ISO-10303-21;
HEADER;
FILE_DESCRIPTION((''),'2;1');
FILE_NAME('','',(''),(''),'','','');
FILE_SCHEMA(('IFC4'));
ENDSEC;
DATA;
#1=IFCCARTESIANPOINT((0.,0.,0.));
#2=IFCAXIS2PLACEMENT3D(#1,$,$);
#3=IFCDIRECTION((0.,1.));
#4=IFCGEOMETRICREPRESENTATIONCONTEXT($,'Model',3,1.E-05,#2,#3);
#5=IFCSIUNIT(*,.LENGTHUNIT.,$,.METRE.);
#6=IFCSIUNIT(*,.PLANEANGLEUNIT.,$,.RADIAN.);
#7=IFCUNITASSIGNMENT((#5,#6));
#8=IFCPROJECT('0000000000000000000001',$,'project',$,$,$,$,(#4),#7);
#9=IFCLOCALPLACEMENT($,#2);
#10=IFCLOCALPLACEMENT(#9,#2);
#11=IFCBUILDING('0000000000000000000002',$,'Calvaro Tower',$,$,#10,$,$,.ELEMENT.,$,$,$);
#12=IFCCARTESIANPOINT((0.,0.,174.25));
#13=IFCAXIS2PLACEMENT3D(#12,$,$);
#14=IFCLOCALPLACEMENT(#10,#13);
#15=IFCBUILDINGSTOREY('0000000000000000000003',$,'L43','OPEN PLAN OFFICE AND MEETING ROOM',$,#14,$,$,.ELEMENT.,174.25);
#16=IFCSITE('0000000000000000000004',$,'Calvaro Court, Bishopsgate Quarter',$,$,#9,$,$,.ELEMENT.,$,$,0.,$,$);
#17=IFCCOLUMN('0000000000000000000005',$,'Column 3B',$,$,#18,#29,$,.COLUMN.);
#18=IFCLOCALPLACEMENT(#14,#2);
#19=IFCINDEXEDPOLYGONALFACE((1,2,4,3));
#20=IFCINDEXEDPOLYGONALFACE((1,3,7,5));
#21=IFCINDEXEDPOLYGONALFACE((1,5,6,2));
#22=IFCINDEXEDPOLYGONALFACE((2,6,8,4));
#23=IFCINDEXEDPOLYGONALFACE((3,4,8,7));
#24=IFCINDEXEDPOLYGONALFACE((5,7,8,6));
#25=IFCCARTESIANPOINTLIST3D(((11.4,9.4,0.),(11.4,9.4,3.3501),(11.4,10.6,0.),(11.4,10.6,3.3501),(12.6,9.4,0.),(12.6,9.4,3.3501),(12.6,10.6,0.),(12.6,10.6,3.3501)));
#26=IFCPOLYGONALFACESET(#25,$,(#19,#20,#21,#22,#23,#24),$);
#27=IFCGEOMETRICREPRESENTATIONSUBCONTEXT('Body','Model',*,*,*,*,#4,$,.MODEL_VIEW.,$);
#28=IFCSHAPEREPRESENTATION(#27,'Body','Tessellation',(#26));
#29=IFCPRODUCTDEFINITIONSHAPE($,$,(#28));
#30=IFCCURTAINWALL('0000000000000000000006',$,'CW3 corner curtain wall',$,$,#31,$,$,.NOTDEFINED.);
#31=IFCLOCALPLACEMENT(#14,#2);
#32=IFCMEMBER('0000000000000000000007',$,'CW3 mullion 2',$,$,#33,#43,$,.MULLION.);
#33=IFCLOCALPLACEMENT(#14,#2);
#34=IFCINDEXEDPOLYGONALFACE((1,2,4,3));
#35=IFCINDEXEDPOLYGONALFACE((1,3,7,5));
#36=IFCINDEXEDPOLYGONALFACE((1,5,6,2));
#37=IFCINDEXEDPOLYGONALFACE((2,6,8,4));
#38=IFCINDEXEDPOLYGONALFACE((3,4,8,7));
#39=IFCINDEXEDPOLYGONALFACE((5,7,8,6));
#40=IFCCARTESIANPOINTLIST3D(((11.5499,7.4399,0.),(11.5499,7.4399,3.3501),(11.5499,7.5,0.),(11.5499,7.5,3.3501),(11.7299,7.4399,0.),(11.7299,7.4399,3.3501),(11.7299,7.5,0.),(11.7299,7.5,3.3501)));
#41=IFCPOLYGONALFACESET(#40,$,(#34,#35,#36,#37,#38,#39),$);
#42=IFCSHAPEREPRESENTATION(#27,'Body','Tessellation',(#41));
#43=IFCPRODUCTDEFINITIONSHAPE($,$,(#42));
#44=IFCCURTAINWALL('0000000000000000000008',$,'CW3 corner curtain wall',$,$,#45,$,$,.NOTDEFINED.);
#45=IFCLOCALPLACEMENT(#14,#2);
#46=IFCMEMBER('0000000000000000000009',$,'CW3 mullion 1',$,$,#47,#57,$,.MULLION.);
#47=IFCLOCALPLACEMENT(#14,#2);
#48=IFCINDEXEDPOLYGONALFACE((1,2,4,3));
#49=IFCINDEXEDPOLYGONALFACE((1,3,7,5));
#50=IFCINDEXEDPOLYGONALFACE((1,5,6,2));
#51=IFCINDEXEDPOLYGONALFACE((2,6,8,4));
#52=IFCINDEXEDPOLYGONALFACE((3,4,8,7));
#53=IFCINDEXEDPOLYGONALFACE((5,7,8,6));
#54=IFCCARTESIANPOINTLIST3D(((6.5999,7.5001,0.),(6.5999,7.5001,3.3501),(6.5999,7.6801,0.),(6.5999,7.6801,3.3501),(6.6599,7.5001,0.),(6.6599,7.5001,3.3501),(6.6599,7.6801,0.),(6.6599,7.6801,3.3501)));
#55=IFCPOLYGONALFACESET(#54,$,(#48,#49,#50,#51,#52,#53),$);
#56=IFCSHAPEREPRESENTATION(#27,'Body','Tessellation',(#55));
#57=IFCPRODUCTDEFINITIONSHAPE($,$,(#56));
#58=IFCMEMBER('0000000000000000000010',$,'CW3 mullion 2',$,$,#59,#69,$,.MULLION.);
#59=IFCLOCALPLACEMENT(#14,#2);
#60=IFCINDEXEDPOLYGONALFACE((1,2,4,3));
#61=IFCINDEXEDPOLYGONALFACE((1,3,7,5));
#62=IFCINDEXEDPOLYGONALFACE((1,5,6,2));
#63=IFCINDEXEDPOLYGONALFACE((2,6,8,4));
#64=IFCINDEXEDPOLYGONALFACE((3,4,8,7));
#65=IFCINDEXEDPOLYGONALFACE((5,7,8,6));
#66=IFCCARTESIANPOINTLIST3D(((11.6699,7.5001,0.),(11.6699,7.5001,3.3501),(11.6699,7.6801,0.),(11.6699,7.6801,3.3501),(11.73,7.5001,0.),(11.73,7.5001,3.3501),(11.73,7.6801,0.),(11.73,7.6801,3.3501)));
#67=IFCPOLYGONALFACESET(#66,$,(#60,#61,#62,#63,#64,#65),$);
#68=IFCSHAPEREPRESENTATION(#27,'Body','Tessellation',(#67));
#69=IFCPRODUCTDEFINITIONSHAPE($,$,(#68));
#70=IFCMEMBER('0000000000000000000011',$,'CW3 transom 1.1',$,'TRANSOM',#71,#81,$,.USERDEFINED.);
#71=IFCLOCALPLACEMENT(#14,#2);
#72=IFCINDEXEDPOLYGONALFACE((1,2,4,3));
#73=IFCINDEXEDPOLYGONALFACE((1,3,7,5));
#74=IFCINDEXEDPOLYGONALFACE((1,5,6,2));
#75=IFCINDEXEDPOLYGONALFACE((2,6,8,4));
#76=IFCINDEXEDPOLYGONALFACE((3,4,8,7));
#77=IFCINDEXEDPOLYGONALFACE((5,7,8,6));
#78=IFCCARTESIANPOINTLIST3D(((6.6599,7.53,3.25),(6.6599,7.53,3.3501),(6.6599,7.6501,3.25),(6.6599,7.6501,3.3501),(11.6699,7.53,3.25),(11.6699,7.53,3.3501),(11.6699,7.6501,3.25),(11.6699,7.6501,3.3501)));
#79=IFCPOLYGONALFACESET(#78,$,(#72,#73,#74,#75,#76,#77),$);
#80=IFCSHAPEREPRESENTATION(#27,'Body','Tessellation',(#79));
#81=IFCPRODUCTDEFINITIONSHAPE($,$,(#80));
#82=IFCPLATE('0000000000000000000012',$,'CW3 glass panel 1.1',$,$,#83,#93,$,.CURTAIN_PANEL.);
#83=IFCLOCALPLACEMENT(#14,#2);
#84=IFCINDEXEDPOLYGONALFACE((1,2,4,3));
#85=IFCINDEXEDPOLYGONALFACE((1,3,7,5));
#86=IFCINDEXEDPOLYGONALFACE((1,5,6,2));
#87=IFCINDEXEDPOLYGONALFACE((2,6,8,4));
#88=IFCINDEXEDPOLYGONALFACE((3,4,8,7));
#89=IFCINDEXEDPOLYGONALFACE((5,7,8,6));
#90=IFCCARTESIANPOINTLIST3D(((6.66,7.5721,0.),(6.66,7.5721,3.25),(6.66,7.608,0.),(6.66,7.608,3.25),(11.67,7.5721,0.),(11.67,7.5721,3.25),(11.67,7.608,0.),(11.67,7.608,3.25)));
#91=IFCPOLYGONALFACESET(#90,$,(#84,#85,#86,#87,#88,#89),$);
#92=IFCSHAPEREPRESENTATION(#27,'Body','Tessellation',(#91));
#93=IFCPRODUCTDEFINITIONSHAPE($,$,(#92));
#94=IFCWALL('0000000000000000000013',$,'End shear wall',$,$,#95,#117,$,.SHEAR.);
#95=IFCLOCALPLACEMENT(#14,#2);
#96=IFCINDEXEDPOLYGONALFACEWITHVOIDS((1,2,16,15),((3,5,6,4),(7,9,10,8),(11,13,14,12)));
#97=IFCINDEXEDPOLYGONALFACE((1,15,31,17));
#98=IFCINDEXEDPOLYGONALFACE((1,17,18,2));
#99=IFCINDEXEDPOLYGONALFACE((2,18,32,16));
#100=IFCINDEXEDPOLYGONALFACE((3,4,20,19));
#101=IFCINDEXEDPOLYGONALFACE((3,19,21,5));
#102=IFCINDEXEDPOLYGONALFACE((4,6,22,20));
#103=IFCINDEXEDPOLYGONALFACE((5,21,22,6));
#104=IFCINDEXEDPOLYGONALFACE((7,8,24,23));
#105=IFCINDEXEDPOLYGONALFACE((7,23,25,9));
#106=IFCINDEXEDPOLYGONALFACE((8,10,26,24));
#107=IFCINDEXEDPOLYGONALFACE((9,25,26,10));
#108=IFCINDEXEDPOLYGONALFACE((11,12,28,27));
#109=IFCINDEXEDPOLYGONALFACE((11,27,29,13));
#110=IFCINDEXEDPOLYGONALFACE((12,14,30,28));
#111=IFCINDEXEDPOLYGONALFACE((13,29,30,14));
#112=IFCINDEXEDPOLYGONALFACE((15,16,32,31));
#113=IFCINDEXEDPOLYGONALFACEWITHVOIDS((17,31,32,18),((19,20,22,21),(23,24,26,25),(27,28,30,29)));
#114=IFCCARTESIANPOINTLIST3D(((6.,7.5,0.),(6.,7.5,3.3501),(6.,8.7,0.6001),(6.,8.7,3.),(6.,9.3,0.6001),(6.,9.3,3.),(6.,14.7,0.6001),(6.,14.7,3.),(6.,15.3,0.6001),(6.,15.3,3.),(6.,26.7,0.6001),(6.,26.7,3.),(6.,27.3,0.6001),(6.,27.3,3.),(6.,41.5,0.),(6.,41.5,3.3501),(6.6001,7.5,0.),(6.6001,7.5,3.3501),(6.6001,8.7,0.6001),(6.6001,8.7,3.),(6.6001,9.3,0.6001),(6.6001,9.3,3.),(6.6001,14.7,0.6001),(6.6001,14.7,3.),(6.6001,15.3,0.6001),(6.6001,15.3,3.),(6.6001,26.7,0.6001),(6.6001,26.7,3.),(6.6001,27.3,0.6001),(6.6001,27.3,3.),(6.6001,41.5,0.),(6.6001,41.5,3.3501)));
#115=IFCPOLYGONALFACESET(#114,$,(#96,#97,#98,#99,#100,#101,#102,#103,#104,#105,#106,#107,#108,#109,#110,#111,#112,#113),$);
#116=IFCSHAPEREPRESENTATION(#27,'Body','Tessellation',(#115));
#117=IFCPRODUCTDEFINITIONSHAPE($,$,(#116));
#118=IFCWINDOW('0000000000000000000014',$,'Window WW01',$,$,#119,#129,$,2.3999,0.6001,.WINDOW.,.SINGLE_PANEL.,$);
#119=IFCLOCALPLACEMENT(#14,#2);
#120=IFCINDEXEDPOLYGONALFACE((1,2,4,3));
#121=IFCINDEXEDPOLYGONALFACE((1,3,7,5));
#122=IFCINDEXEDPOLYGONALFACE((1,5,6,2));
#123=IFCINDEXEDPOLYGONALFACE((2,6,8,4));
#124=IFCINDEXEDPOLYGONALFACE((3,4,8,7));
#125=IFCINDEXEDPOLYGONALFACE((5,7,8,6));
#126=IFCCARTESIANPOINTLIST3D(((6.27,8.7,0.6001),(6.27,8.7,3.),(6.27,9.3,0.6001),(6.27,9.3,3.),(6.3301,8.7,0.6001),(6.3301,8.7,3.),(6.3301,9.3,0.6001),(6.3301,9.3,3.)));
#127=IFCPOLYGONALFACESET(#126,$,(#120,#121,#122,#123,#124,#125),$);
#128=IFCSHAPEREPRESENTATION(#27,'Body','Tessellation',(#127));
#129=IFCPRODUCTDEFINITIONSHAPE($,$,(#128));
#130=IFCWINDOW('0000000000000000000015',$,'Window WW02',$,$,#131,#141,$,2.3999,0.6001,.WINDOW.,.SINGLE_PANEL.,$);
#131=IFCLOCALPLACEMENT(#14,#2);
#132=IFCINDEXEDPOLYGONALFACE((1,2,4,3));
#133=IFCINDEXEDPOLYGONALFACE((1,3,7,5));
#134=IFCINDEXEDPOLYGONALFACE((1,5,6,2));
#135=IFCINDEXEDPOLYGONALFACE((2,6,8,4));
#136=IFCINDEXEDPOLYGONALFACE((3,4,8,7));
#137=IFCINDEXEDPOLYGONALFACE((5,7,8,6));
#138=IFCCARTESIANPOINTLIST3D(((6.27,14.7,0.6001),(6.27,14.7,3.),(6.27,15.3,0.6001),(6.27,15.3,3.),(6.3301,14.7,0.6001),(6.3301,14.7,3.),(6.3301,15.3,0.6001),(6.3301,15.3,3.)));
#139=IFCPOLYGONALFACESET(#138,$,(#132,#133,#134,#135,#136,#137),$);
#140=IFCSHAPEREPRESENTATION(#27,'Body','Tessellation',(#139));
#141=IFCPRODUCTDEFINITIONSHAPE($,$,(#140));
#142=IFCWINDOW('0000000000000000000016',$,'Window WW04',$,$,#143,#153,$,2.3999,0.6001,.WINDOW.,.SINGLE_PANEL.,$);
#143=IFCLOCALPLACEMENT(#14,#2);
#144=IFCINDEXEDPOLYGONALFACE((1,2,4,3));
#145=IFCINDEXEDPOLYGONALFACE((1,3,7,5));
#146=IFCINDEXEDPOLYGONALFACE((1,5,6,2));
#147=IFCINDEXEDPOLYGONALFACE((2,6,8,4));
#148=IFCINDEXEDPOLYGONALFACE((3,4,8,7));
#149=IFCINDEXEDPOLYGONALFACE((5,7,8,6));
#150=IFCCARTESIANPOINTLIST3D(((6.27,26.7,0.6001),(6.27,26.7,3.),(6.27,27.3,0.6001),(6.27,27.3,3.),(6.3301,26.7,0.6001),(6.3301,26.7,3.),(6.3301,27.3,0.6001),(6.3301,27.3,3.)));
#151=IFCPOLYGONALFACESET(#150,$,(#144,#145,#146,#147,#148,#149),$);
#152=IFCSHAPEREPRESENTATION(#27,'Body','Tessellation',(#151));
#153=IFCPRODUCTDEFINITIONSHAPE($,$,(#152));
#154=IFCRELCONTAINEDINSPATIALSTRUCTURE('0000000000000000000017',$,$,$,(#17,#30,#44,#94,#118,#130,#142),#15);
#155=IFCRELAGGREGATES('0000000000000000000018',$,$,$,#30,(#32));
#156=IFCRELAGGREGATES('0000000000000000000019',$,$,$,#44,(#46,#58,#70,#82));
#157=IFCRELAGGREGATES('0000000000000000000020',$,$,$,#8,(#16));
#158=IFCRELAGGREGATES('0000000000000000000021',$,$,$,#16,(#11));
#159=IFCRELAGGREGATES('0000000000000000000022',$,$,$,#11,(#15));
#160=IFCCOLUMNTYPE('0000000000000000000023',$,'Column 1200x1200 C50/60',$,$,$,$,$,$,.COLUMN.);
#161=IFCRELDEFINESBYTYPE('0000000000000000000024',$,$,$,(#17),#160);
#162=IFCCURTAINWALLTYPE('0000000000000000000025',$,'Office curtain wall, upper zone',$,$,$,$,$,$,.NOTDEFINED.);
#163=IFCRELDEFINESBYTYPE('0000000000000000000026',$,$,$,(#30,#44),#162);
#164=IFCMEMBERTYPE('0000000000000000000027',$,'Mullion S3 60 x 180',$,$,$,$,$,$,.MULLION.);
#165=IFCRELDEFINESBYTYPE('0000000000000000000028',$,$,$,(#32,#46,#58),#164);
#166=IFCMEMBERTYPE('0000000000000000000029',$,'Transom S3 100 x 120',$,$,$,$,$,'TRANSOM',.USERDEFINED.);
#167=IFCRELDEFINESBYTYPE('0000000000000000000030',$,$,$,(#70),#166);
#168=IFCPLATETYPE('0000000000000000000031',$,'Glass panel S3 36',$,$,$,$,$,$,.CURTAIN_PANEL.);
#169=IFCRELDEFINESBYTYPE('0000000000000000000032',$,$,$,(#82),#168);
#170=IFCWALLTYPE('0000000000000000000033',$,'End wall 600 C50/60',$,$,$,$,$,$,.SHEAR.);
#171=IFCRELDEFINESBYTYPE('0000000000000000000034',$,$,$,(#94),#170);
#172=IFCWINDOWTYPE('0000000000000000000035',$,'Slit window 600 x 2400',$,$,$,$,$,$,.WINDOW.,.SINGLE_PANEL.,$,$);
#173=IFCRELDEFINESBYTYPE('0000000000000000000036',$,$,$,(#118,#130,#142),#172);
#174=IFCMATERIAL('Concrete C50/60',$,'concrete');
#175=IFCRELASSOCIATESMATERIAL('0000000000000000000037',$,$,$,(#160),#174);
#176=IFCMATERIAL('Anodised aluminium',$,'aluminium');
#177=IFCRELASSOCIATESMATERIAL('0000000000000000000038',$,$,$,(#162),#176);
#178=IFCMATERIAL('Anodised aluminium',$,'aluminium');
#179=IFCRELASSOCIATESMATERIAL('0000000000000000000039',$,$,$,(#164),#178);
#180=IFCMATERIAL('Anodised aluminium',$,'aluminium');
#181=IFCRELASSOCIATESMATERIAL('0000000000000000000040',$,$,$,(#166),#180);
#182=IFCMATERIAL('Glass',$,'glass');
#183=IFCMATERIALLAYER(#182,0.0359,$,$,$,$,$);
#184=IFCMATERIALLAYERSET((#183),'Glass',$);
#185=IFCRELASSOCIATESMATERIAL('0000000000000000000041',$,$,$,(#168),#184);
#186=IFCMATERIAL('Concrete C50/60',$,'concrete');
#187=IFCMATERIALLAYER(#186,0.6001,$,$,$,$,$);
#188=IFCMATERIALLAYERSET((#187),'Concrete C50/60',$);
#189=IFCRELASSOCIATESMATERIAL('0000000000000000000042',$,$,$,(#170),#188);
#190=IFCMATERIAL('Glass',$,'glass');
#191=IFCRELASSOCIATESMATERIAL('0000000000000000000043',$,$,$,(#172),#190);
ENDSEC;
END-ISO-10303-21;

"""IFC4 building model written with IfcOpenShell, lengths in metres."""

from ifc_helpers import new_model, si_unit, direction, frame, frame_2d, origin, origin_2d, place, context, subcontext, project, spatial, rectangle, extrude, material, layer, layer_set, material_profile, profile_set, type_object, element, fill, aggregate, save


model = new_model("IFC4")

# Units and contexts
model_context = context("Model", 3, precision=1e-05, world=origin(), true_north=direction((0.0, 1.0)))
body_context = subcontext(model_context, "Body", "Model", "MODEL_VIEW")
ifc_project = project(units=[si_unit("LENGTHUNIT", "METRE"), si_unit("PLANEANGLEUNIT", "RADIAN")], contexts=[model_context])

# Site, building, storey
site_placement = place(None, origin())
site = spatial("IfcSite", under=ifc_project, at=site_placement, Name="Calvaro Court, Bishopsgate Quarter", CompositionType="ELEMENT", RefElevation=0.0)
building_placement = place(site_placement, origin())
building = spatial("IfcBuilding", under=site, at=building_placement, Name="Calvaro Tower", CompositionType="ELEMENT")
storey_placement = place(building_placement, frame((0.0, 0.0, 174.25)))
storey = spatial("IfcBuildingStorey", under=building, at=storey_placement, Name="L43", Description="OPEN PLAN OFFICE AND MEETING ROOM", CompositionType="ELEMENT", Elevation=174.25)

# Column
ifc_material_1 = material(Name="Concrete C50/60", Category="concrete")
ifc_material_profile_1 = material_profile(ifc_material_1, rectangle(XDim=1.2, YDim=1.2, at=origin_2d()), Name="RC 1200x1200")
ifc_profile_set_1 = profile_set([ifc_material_profile_1], Name="Concrete C50/60")
column_type = type_object("IfcColumnType", Name="Column 1200x1200 C50/60", PredefinedType="COLUMN", material=ifc_profile_set_1)
column_placement = place(storey_placement, frame((12.0, 10.0, 0.0), z_axis=(0.0, 0.0, 1.0), x_axis=(1.0, 0.0, 0.0)))
element("IfcColumn", 1, at=column_placement, inside=storey, type_object=column_type, Name="Column 3B", PredefinedType="COLUMN", context=body_context, shape_type="SweptSolid", body=[
    extrude(rectangle(XDim=1.2, YDim=1.2, at=origin_2d()), origin(), (0.0, 0.0, 1.0), 3.3501),
])

# Curtain wall, member
ifc_material_2 = material(Name="Anodised aluminium", Category="aluminium")
curtain_wall_type = type_object("IfcCurtainWallType", Name="Office curtain wall, upper zone", PredefinedType="NOTDEFINED", material=ifc_material_2)
curtain_wall_1_placement = place(storey_placement, origin())
curtain_wall_1 = element("IfcCurtainWall", 2, at=curtain_wall_1_placement, inside=storey, type_object=curtain_wall_type, Name="CW3 corner curtain wall", PredefinedType="NOTDEFINED")
ifc_material_3 = material(Name="Anodised aluminium", Category="aluminium")
ifc_material_profile_2 = material_profile(ifc_material_3, rectangle(XDim=0.1799, YDim=0.0601, at=origin_2d()), Name="Mullion S3 60 x 180")
ifc_profile_set_2 = profile_set([ifc_material_profile_2], Name="Anodised aluminium")
member_type_1 = type_object("IfcMemberType", Name="Mullion S3 60 x 180", PredefinedType="MULLION", material=ifc_profile_set_2)
member_1_placement = place(storey_placement, frame((11.6399, 7.47, 0.0), z_axis=(0.0, 0.0, 1.0), x_axis=(-1.0, 0.0, 0.0)))
member_1 = element("IfcMember", 3, at=member_1_placement, type_object=member_type_1, Name="CW3 mullion 2", PredefinedType="MULLION", context=body_context, shape_type="SweptSolid", body=[
    extrude(rectangle(XDim=0.1799, YDim=0.0601, at=origin_2d()), origin(), (0.0, 0.0, 1.0), 3.3501),
])
aggregate(curtain_wall_1, [member_1])

# Curtain wall, members, plate
curtain_wall_2_placement = place(storey_placement, origin())
curtain_wall_2 = element("IfcCurtainWall", 4, at=curtain_wall_2_placement, inside=storey, type_object=curtain_wall_type, Name="CW3 corner curtain wall", PredefinedType="NOTDEFINED")
member_2_placement = place(storey_placement, frame((6.6299, 7.5901, 0.0), z_axis=(0.0, 0.0, 1.0), x_axis=(0.0, 1.0, 0.0)))
member_2 = element("IfcMember", 5, at=member_2_placement, type_object=member_type_1, Name="CW3 mullion 1", PredefinedType="MULLION", context=body_context, shape_type="SweptSolid", body=[
    extrude(rectangle(XDim=0.1799, YDim=0.0601, at=origin_2d()), origin(), (0.0, 0.0, 1.0), 3.3501),
])
member_3_placement = place(storey_placement, frame((11.7, 7.5901, 0.0), z_axis=(0.0, 0.0, 1.0), x_axis=(0.0, 1.0, 0.0)))
member_3 = element("IfcMember", 6, at=member_3_placement, type_object=member_type_1, Name="CW3 mullion 2", PredefinedType="MULLION", context=body_context, shape_type="SweptSolid", body=[
    extrude(rectangle(XDim=0.1799, YDim=0.0601, at=origin_2d()), origin(), (0.0, 0.0, 1.0), 3.3501),
])
ifc_material_4 = material(Name="Anodised aluminium", Category="aluminium")
ifc_material_profile_3 = material_profile(ifc_material_4, rectangle(XDim=0.1201, YDim=0.1001, at=origin_2d()), Name="Transom S3 100 x 120")
ifc_profile_set_3 = profile_set([ifc_material_profile_3], Name="Anodised aluminium")
member_type_2 = type_object("IfcMemberType", Name="Transom S3 100 x 120", ElementType="TRANSOM", PredefinedType="USERDEFINED", material=ifc_profile_set_3)
member_4_placement = place(storey_placement, frame((6.6599, 7.5901, 3.3), z_axis=(1.0, 0.0, 0.0), x_axis=(0.0, 1.0, 0.0)))
member_4 = element("IfcMember", 7, at=member_4_placement, type_object=member_type_2, Name="CW3 transom 1.1", ObjectType="TRANSOM", PredefinedType="USERDEFINED", context=body_context, shape_type="SweptSolid", body=[
    extrude(rectangle(XDim=0.1201, YDim=0.1001, at=origin_2d()), origin(), (0.0, 0.0, 1.0), 5.01),
])
ifc_material_5 = material(Name="Glass", Category="glass")
ifc_layer_1 = layer(ifc_material_5, 0.0359)
ifc_layer_set_1 = layer_set([ifc_layer_1], Name="Glass")
plate_type = type_object("IfcPlateType", Name="Glass panel S3 36", PredefinedType="CURTAIN_PANEL", material=ifc_layer_set_1)
plate_placement = place(storey_placement, frame((9.165, 7.5901, 0.0), z_axis=(0.0, 0.0, 1.0), x_axis=(1.0, 0.0, 0.0)))
plate = element("IfcPlate", 8, at=plate_placement, type_object=plate_type, Name="CW3 glass panel 1.1", PredefinedType="CURTAIN_PANEL", context=body_context, shape_type="SweptSolid", body=[
    extrude(rectangle(XDim=5.01, YDim=0.0359, at=origin_2d()), origin(), (0.0, 0.0, 1.0), 3.25),
])
aggregate(curtain_wall_2, [member_2, member_3, member_4, plate])

# Wall, openings, windows
ifc_material_6 = material(Name="Concrete C50/60", Category="concrete")
ifc_layer_2 = layer(ifc_material_6, 0.6001)
ifc_layer_set_2 = layer_set([ifc_layer_2], Name="Concrete C50/60")
wall_type_1 = type_object("IfcWallType", Name="End wall 600 C50/60", PredefinedType="SHEAR", material=ifc_layer_set_2)
wall_1_placement = place(storey_placement, frame((6.3, 7.5, 0.0), z_axis=(0.0, 0.0, 1.0), x_axis=(0.0, 1.0, 0.0)))
wall_1 = element("IfcWall", 9, at=wall_1_placement, inside=storey, type_object=wall_type_1, Name="End shear wall", PredefinedType="SHEAR", context=body_context, shape_type="SweptSolid", body=[
    extrude(rectangle(XDim=34.0, YDim=0.6001, at=frame_2d((17.0, 0.0))), origin(), (0.0, 0.0, 1.0), 3.3501),
])
opening_1_placement = place(wall_1_placement, frame((1.2, 0.0, 0.6001)))
opening_1 = element("IfcOpeningElement", 10, at=opening_1_placement, cuts=wall_1, PredefinedType="OPENING", context=body_context, shape_type="SweptSolid", body=[
    extrude(rectangle(XDim=0.6001, YDim=2.3999, at=frame_2d((0.3, 1.2))), frame((0.0, 0.3101, 0.0), z_axis=(0.0, -1.0, 0.0), x_axis=(1.0, 0.0, 0.0)), (0.0, 0.0, 1.0), 0.6201),
])
opening_2_placement = place(wall_1_placement, frame((7.2, 0.0, 0.6001)))
opening_2 = element("IfcOpeningElement", 11, at=opening_2_placement, cuts=wall_1, PredefinedType="OPENING", context=body_context, shape_type="SweptSolid", body=[
    extrude(rectangle(XDim=0.6001, YDim=2.3999, at=frame_2d((0.3, 1.2))), frame((0.0, 0.3101, 0.0), z_axis=(0.0, -1.0, 0.0), x_axis=(1.0, 0.0, 0.0)), (0.0, 0.0, 1.0), 0.6201),
])
opening_3_placement = place(wall_1_placement, frame((19.2, 0.0, 0.6001)))
opening_3 = element("IfcOpeningElement", 12, at=opening_3_placement, cuts=wall_1, PredefinedType="OPENING", context=body_context, shape_type="SweptSolid", body=[
    extrude(rectangle(XDim=0.6001, YDim=2.3999, at=frame_2d((0.3, 1.2))), frame((0.0, 0.3101, 0.0), z_axis=(0.0, -1.0, 0.0), x_axis=(1.0, 0.0, 0.0)), (0.0, 0.0, 1.0), 0.6201),
])
ifc_material_7 = material(Name="Glass", Category="glass")
window_type = type_object("IfcWindowType", Name="Slit window 600 x 2400", PartitioningType="SINGLE_PANEL", PredefinedType="WINDOW", material=ifc_material_7)
window_1_placement = place(opening_1_placement, origin())
window_1 = element("IfcWindow", 13, at=window_1_placement, inside=storey, type_object=window_type, Name="Window WW01", OverallHeight=2.3999, OverallWidth=0.6001, PartitioningType="SINGLE_PANEL", PredefinedType="WINDOW", context=body_context, shape_type="SweptSolid", body=[
    extrude(rectangle(XDim=0.6001, YDim=2.3999, at=frame_2d((0.3, 1.2))), frame((0.0, 0.03, 0.0), z_axis=(0.0, -1.0, 0.0), x_axis=(1.0, 0.0, 0.0)), (0.0, 0.0, 1.0), 0.0601),
])
fill(opening_1, window_1)
window_2_placement = place(opening_2_placement, origin())
window_2 = element("IfcWindow", 14, at=window_2_placement, inside=storey, type_object=window_type, Name="Window WW02", OverallHeight=2.3999, OverallWidth=0.6001, PartitioningType="SINGLE_PANEL", PredefinedType="WINDOW", context=body_context, shape_type="SweptSolid", body=[
    extrude(rectangle(XDim=0.6001, YDim=2.3999, at=frame_2d((0.3, 1.2))), frame((0.0, 0.03, 0.0), z_axis=(0.0, -1.0, 0.0), x_axis=(1.0, 0.0, 0.0)), (0.0, 0.0, 1.0), 0.0601),
])
fill(opening_2, window_2)
window_3_placement = place(opening_3_placement, origin())
window_3 = element("IfcWindow", 15, at=window_3_placement, inside=storey, type_object=window_type, Name="Window WW04", OverallHeight=2.3999, OverallWidth=0.6001, PartitioningType="SINGLE_PANEL", PredefinedType="WINDOW", context=body_context, shape_type="SweptSolid", body=[
    extrude(rectangle(XDim=0.6001, YDim=2.3999, at=frame_2d((0.3, 1.2))), frame((0.0, 0.03, 0.0), z_axis=(0.0, -1.0, 0.0), x_axis=(1.0, 0.0, 0.0)), (0.0, 0.0, 1.0), 0.0601),
])
fill(opening_3, window_3)

save(model, "model.ifc")
